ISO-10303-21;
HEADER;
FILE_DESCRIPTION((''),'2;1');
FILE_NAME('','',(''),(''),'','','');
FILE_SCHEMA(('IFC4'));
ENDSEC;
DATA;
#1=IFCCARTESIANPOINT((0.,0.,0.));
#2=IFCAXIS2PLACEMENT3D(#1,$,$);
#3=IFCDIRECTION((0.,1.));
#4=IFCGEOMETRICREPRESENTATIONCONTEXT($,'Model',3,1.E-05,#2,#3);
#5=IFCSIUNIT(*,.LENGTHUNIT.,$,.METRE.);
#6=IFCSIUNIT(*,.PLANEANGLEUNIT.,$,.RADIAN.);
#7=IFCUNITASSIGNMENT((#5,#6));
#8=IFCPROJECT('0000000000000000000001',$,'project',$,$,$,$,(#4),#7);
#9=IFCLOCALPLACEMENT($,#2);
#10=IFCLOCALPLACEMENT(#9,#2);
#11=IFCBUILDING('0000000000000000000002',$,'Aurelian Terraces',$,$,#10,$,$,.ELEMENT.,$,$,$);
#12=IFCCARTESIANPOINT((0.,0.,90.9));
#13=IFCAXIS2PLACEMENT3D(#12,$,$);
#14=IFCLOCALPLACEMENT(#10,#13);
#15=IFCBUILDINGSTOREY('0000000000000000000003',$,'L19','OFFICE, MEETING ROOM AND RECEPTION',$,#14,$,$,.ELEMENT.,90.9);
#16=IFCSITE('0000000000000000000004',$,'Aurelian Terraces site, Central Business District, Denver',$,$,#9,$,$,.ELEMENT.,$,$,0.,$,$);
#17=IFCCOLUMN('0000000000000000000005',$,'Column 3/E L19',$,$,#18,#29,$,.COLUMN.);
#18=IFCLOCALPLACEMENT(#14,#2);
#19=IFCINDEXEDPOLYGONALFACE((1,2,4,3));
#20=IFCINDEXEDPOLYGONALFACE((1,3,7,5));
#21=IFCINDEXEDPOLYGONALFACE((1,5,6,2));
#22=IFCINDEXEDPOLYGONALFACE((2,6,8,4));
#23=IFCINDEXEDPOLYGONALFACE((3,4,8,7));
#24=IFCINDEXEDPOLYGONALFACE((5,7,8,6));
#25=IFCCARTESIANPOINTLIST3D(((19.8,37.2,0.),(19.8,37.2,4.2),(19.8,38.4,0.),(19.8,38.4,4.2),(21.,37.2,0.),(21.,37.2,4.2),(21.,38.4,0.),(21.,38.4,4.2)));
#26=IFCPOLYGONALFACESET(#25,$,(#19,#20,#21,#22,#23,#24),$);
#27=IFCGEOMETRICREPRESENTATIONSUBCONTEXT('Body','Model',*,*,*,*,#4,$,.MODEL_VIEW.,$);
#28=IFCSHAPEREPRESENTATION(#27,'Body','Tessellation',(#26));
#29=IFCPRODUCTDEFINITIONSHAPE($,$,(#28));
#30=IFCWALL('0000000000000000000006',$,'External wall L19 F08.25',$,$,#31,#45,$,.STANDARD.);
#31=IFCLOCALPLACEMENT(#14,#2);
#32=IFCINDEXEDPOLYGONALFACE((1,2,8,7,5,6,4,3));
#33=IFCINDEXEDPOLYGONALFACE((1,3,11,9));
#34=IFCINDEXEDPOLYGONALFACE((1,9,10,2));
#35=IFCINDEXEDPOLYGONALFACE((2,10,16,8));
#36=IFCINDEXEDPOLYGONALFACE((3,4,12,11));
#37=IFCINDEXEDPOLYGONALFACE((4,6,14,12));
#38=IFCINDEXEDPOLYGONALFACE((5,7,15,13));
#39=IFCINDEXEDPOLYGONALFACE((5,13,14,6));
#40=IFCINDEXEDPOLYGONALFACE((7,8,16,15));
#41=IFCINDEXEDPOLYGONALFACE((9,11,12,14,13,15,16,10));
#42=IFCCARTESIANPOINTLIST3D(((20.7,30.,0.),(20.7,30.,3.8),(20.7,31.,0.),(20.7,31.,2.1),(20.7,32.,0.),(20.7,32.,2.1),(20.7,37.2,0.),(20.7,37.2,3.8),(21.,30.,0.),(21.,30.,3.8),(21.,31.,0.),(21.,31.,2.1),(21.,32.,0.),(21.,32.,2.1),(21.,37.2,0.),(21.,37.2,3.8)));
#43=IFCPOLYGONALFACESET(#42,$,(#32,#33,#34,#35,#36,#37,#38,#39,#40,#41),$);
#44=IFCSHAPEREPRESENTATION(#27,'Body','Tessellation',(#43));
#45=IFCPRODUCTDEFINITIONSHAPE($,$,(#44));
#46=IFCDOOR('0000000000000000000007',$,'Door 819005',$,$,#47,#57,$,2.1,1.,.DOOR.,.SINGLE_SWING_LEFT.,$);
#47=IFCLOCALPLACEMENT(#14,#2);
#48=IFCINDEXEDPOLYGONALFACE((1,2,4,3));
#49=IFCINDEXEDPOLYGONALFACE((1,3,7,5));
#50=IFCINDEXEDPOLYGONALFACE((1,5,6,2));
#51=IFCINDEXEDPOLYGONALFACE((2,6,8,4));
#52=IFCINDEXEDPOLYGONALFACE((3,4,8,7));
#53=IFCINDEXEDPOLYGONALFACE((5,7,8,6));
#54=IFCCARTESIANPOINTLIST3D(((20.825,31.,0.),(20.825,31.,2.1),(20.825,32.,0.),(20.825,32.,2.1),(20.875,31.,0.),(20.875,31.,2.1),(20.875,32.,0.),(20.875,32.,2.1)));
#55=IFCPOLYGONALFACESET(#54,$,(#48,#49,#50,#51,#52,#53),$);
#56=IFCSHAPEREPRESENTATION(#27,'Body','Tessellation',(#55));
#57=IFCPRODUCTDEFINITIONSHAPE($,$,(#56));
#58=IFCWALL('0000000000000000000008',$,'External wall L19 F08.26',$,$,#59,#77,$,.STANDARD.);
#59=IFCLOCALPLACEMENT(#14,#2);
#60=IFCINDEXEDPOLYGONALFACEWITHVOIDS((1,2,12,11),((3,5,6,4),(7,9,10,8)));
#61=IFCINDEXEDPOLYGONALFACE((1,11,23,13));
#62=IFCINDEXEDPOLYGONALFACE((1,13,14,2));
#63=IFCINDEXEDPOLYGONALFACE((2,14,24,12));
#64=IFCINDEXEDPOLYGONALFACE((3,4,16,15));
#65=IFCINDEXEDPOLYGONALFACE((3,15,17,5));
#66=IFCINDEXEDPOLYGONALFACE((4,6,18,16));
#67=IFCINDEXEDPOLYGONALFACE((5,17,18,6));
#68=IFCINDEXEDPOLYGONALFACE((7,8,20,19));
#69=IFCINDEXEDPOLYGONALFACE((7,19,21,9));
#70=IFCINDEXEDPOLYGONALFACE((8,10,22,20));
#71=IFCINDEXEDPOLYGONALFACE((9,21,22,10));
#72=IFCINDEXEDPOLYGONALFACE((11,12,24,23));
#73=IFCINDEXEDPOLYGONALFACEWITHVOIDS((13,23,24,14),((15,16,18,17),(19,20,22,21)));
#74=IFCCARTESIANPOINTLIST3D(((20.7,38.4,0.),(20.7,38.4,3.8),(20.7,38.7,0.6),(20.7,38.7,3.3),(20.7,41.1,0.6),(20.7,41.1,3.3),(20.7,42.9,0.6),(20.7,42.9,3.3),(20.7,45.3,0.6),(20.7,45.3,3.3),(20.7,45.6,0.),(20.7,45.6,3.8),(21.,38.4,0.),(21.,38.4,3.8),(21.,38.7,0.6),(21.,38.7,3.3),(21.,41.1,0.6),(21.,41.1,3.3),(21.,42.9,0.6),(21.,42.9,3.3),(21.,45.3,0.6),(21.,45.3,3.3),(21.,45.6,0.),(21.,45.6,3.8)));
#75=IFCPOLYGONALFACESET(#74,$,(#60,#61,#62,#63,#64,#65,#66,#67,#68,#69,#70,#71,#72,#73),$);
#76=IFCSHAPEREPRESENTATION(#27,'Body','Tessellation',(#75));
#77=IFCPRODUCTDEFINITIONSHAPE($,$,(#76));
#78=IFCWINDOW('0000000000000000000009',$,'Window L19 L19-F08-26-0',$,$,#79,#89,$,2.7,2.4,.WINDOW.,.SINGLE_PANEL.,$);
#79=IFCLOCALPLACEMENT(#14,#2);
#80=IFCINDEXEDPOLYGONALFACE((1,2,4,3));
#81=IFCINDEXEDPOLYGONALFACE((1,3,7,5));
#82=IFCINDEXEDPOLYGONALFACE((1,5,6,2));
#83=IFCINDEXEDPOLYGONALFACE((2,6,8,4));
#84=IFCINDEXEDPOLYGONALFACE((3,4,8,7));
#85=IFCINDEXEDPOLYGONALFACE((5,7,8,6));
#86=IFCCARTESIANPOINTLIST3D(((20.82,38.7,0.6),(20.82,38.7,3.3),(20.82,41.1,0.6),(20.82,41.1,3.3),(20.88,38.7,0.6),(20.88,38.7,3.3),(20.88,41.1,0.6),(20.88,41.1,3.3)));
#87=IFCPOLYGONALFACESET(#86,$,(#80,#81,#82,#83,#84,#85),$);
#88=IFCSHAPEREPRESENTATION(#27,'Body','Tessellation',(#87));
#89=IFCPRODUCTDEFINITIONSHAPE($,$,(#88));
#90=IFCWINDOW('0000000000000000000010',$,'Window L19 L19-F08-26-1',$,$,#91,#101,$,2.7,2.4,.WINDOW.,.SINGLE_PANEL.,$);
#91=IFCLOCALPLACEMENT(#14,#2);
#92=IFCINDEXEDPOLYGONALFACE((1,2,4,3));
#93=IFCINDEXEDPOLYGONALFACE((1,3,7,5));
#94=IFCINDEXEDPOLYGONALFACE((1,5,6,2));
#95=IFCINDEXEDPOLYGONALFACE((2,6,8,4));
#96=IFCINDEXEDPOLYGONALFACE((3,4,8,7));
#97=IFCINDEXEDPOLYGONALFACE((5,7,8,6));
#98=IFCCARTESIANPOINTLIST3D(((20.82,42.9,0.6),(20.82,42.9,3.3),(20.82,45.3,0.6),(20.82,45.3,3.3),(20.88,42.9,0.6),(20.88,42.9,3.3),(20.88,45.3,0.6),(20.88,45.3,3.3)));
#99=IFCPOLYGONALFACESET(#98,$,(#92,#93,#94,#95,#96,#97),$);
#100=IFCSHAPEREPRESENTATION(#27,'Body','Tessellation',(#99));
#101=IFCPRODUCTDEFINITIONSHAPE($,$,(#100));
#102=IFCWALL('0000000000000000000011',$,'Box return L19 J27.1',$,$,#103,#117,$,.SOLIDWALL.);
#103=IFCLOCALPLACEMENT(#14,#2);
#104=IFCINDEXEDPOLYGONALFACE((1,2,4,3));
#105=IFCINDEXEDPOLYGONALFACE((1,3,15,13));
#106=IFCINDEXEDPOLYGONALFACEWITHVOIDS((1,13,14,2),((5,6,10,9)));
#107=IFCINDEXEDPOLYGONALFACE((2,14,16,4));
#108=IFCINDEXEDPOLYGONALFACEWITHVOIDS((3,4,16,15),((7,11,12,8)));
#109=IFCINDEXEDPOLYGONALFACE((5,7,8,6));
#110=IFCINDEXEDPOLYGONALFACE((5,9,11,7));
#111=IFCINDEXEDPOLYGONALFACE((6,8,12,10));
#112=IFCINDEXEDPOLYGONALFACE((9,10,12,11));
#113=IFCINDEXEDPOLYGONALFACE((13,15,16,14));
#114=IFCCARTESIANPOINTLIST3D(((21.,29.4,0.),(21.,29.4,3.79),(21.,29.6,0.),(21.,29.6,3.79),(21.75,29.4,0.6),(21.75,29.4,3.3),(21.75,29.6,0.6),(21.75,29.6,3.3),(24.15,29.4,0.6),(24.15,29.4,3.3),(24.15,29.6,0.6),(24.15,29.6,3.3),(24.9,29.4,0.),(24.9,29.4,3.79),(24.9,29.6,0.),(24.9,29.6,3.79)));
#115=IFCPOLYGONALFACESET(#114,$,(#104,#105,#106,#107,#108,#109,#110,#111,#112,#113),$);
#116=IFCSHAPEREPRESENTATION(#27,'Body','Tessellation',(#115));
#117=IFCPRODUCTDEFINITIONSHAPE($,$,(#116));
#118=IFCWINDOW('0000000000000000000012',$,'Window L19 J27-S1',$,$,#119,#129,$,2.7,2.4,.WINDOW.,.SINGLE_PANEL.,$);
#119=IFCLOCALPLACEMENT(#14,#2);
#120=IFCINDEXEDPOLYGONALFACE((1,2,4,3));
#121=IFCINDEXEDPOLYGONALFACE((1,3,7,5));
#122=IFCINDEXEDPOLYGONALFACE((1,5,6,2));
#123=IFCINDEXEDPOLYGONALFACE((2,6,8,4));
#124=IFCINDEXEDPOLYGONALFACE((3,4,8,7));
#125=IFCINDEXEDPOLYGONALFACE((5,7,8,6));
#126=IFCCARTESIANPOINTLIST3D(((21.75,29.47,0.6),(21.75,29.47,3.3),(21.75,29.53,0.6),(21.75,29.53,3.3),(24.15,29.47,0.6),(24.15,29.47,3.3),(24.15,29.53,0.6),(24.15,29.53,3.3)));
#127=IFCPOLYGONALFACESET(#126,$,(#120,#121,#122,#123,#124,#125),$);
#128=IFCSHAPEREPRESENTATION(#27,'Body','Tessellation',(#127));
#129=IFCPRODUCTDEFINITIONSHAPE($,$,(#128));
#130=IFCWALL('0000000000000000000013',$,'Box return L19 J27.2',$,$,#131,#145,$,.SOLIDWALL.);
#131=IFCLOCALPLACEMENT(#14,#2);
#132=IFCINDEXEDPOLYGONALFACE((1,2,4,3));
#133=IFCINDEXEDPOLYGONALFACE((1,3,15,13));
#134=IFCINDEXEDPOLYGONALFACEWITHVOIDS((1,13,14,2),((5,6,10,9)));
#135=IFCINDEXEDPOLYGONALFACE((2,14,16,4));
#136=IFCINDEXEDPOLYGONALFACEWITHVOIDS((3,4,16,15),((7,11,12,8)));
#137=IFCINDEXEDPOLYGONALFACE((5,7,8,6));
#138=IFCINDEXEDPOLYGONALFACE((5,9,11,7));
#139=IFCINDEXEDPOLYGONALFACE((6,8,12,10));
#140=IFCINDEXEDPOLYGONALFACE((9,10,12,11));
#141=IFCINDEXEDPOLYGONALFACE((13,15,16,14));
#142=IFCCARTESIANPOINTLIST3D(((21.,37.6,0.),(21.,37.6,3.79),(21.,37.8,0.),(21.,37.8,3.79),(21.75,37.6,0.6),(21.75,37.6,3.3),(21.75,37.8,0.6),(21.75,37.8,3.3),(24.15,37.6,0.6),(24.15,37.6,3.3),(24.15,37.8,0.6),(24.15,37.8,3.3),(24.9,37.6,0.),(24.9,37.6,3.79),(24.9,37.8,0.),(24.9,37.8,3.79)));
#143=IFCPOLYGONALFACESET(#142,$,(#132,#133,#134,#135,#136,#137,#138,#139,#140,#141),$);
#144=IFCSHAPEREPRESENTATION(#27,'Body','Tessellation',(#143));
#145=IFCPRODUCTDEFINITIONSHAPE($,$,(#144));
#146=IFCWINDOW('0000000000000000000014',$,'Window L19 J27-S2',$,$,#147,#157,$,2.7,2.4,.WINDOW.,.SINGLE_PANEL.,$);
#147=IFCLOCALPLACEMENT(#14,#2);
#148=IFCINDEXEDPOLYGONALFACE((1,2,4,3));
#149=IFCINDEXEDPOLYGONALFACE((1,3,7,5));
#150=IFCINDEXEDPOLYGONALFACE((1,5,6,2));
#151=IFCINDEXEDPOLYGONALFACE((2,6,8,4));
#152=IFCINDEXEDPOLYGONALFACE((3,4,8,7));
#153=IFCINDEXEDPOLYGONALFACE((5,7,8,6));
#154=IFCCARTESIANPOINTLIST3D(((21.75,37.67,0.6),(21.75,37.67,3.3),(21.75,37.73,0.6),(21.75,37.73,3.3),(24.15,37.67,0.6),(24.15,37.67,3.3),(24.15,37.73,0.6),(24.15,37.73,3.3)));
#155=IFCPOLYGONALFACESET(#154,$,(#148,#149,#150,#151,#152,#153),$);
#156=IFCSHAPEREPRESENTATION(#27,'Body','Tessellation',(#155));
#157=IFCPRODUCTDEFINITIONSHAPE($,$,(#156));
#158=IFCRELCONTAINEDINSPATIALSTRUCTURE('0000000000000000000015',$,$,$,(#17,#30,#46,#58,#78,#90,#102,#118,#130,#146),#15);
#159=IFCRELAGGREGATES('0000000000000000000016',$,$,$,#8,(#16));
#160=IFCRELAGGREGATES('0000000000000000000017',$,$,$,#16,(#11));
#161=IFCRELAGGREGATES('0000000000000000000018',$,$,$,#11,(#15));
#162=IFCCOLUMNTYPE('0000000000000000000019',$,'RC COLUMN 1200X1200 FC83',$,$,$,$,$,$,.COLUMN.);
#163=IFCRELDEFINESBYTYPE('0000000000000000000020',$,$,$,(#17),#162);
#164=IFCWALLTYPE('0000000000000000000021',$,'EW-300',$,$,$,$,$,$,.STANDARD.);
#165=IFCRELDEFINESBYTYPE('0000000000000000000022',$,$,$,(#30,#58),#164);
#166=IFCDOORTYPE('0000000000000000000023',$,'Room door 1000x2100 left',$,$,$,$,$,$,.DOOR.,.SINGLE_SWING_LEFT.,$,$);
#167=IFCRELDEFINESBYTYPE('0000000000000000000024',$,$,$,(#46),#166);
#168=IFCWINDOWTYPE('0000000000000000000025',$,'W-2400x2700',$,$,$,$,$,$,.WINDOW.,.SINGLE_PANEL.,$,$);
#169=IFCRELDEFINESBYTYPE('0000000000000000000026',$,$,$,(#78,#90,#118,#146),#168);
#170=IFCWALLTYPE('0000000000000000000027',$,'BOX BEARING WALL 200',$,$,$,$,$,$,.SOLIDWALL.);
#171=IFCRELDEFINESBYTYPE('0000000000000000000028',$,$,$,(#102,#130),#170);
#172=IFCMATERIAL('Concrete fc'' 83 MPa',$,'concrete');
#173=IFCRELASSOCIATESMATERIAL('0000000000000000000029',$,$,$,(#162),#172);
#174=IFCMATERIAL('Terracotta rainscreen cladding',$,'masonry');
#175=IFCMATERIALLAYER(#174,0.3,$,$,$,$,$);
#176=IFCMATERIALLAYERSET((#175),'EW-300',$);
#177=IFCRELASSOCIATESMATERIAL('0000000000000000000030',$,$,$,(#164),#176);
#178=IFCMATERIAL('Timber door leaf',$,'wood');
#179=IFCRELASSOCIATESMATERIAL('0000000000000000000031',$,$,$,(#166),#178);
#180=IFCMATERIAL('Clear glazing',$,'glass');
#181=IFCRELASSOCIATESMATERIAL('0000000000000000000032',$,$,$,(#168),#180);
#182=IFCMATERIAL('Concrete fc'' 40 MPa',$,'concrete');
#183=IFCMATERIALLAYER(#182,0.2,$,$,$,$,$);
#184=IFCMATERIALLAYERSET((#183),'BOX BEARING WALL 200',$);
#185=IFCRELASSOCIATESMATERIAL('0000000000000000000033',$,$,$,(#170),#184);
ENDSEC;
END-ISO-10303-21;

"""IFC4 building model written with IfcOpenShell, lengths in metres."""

from ifc_helpers import new_model, si_unit, direction, frame, frame_2d, origin, origin_2d, place, context, subcontext, project, spatial, rectangle, extrude, source, transform, mapped, material, layer, layer_set, material_profile, profile_set, type_object, element, fill, save


model = new_model("IFC4")

# Units and contexts
model_context = context("Model", 3, precision=1e-05, world=origin(), true_north=direction((0.0, 1.0)))
body_context = subcontext(model_context, "Body", "Model", "MODEL_VIEW")
ifc_project = project(units=[si_unit("LENGTHUNIT", "METRE"), si_unit("PLANEANGLEUNIT", "RADIAN")], contexts=[model_context])

# Site, building, storey
site_placement = place(None, origin())
site = spatial("IfcSite", under=ifc_project, at=site_placement, Name="Aurelian Terraces site, Central Business District, Denver", CompositionType="ELEMENT", RefElevation=0.0)
building_placement = place(site_placement, origin())
building = spatial("IfcBuilding", under=site, at=building_placement, Name="Aurelian Terraces", CompositionType="ELEMENT")
storey_placement = place(building_placement, frame((0.0, 0.0, 90.9)))
storey = spatial("IfcBuildingStorey", under=building, at=storey_placement, Name="L19", Description="OFFICE, MEETING ROOM AND RECEPTION", CompositionType="ELEMENT", Elevation=90.9)

# Column
ifc_material_1 = material(Name="Concrete fc' 83 MPa", Category="concrete")
ifc_material_profile = material_profile(ifc_material_1, rectangle(XDim=1.2, YDim=1.2, at=origin_2d()))
ifc_profile_set = profile_set([ifc_material_profile], Name="Concrete fc' 83 MPa")
column_type = type_object("IfcColumnType", Name="RC COLUMN 1200X1200 FC83", PredefinedType="COLUMN", material=ifc_profile_set)
shared_shape_1 = source(origin(), body_context, "Body", "SweptSolid", [
    extrude(rectangle(XDim=1.2, YDim=1.2, at=origin_2d()), origin(), (0.0, 0.0, 1.0), 4.2),
])
column_placement = place(storey_placement, frame((20.4, 37.8, 0.0), z_axis=(0.0, 0.0, 1.0), x_axis=(1.0, 0.0, 0.0)))
element("IfcColumn", 1, at=column_placement, inside=storey, type_object=column_type, Name="Column 3/E L19", PredefinedType="COLUMN", context=body_context, shape_type="MappedRepresentation", body=[
    mapped(shared_shape_1, transform((0.0, 0.0, 0.0), scale=1.0)),
])

# Wall, opening, door
ifc_material_2 = material(Name="Terracotta rainscreen cladding", Category="masonry")
ifc_layer_1 = layer(ifc_material_2, 0.3)
ifc_layer_set_1 = layer_set([ifc_layer_1], Name="EW-300")
wall_type_1 = type_object("IfcWallType", Name="EW-300", PredefinedType="STANDARD", material=ifc_layer_set_1)
shared_shape_2 = source(origin(), body_context, "Body", "SweptSolid", [
    extrude(rectangle(XDim=7.2, YDim=0.3, at=frame_2d((3.6, 0.0))), origin(), (0.0, 0.0, 1.0), 3.8),
])
wall_1_placement = place(storey_placement, frame((20.85, 30.0, 0.0), z_axis=(0.0, 0.0, 1.0), x_axis=(0.0, 1.0, 0.0)))
wall_1 = element("IfcWall", 2, at=wall_1_placement, inside=storey, type_object=wall_type_1, Name="External wall L19 F08.25", PredefinedType="STANDARD", context=body_context, shape_type="MappedRepresentation", body=[
    mapped(shared_shape_2, transform((0.0, 0.0, 0.0), scale=1.0)),
])
shared_shape_3 = source(origin(), body_context, "Body", "SweptSolid", [
    extrude(rectangle(XDim=1.0, YDim=2.1, at=frame_2d((0.5, 1.05))), frame((0.0, 0.16, 0.0), z_axis=(0.0, -1.0, 0.0), x_axis=(1.0, 0.0, 0.0)), (0.0, 0.0, 1.0), 0.32),
])
opening_1_placement = place(wall_1_placement, frame((1.0, 0.0, 0.0)))
opening_1 = element("IfcOpeningElement", 3, at=opening_1_placement, cuts=wall_1, PredefinedType="OPENING", context=body_context, shape_type="MappedRepresentation", body=[
    mapped(shared_shape_3, transform((0.0, 0.0, 0.0), scale=1.0)),
])
ifc_material_3 = material(Name="Timber door leaf", Category="wood")
door_type = type_object("IfcDoorType", Name="Room door 1000x2100 left", OperationType="SINGLE_SWING_LEFT", PredefinedType="DOOR", material=ifc_material_3)
shared_shape_4 = source(origin(), body_context, "Body", "SweptSolid", [
    extrude(rectangle(XDim=1.0, YDim=2.1, at=frame_2d((0.5, 1.05))), frame((0.0, 0.025, 0.0), z_axis=(0.0, -1.0, 0.0), x_axis=(1.0, 0.0, 0.0)), (0.0, 0.0, 1.0), 0.05),
])
door_placement = place(opening_1_placement, origin())
door = element("IfcDoor", 4, at=door_placement, inside=storey, type_object=door_type, Name="Door 819005", OperationType="SINGLE_SWING_LEFT", OverallHeight=2.1, OverallWidth=1.0, PredefinedType="DOOR", context=body_context, shape_type="MappedRepresentation", body=[
    mapped(shared_shape_4, transform((0.0, 0.0, 0.0), scale=1.0)),
])
fill(opening_1, door)

# Wall, openings, windows
wall_2_placement = place(storey_placement, frame((20.85, 38.4, 0.0), z_axis=(0.0, 0.0, 1.0), x_axis=(0.0, 1.0, 0.0)))
wall_2 = element("IfcWall", 5, at=wall_2_placement, inside=storey, type_object=wall_type_1, Name="External wall L19 F08.26", PredefinedType="STANDARD", context=body_context, shape_type="MappedRepresentation", body=[
    mapped(shared_shape_2, transform((0.0, 0.0, 0.0), scale=1.0)),
])
shared_shape_5 = source(origin(), body_context, "Body", "SweptSolid", [
    extrude(rectangle(XDim=2.4, YDim=2.7, at=frame_2d((1.2, 1.35))), frame((0.0, 0.16, 0.0), z_axis=(0.0, -1.0, 0.0), x_axis=(1.0, 0.0, 0.0)), (0.0, 0.0, 1.0), 0.32),
])
opening_2_placement = place(wall_2_placement, frame((0.3, 0.0, 0.6)))
opening_2 = element("IfcOpeningElement", 6, at=opening_2_placement, cuts=wall_2, PredefinedType="OPENING", context=body_context, shape_type="MappedRepresentation", body=[
    mapped(shared_shape_5, transform((0.0, 0.0, 0.0), scale=1.0)),
])
opening_3_placement = place(wall_2_placement, frame((4.5, 0.0, 0.6)))
opening_3 = element("IfcOpeningElement", 7, at=opening_3_placement, cuts=wall_2, PredefinedType="OPENING", context=body_context, shape_type="MappedRepresentation", body=[
    mapped(shared_shape_5, transform((0.0, 0.0, 0.0), scale=1.0)),
])
ifc_material_4 = material(Name="Clear glazing", Category="glass")
window_type_1 = type_object("IfcWindowType", Name="W-2400x2700", PartitioningType="SINGLE_PANEL", PredefinedType="WINDOW", material=ifc_material_4)
shared_shape_6 = source(origin(), body_context, "Body", "SweptSolid", [
    extrude(rectangle(XDim=2.4, YDim=2.7, at=frame_2d((1.2, 1.35))), frame((0.0, 0.03, 0.0), z_axis=(0.0, -1.0, 0.0), x_axis=(1.0, 0.0, 0.0)), (0.0, 0.0, 1.0), 0.06),
])
window_1_placement = place(opening_2_placement, origin())
window_1 = element("IfcWindow", 8, at=window_1_placement, inside=storey, type_object=window_type_1, Name="Window L19 L19-F08-26-0", OverallHeight=2.7, OverallWidth=2.4, PartitioningType="SINGLE_PANEL", PredefinedType="WINDOW", context=body_context, shape_type="MappedRepresentation", body=[
    mapped(shared_shape_6, transform((0.0, 0.0, 0.0), scale=1.0)),
])
fill(opening_2, window_1)
window_2_placement = place(opening_3_placement, origin())
window_2 = element("IfcWindow", 9, at=window_2_placement, inside=storey, type_object=window_type_1, Name="Window L19 L19-F08-26-1", OverallHeight=2.7, OverallWidth=2.4, PartitioningType="SINGLE_PANEL", PredefinedType="WINDOW", context=body_context, shape_type="MappedRepresentation", body=[
    mapped(shared_shape_6, transform((0.0, 0.0, 0.0), scale=1.0)),
])
fill(opening_3, window_2)

# Walls, openings, windows
ifc_material_5 = material(Name="Concrete fc' 40 MPa", Category="concrete")
ifc_layer_2 = layer(ifc_material_5, 0.2)
ifc_layer_set_2 = layer_set([ifc_layer_2], Name="BOX BEARING WALL 200")
wall_type_2 = type_object("IfcWallType", Name="BOX BEARING WALL 200", PredefinedType="SOLIDWALL", material=ifc_layer_set_2)
shared_shape_7 = source(origin(), body_context, "Body", "SweptSolid", [
    extrude(rectangle(XDim=3.9, YDim=0.2, at=frame_2d((1.95, 0.0))), origin(), (0.0, 0.0, 1.0), 3.79),
])
wall_3_placement = place(storey_placement, frame((21.0, 29.5, 0.0), z_axis=(0.0, 0.0, 1.0), x_axis=(1.0, 0.0, 0.0)))
wall_3 = element("IfcWall", 10, at=wall_3_placement, inside=storey, type_object=wall_type_2, Name="Box return L19 J27.1", PredefinedType="SOLIDWALL", context=body_context, shape_type="MappedRepresentation", body=[
    mapped(shared_shape_7, transform((0.0, 0.0, 0.0), scale=1.0)),
])
shared_shape_8 = source(origin(), body_context, "Body", "SweptSolid", [
    extrude(rectangle(XDim=2.4, YDim=2.7, at=frame_2d((1.2, 1.35))), frame((0.0, 0.11, 0.0), z_axis=(0.0, -1.0, 0.0), x_axis=(1.0, 0.0, 0.0)), (0.0, 0.0, 1.0), 0.22),
])
opening_4_placement = place(wall_3_placement, frame((0.75, 0.0, 0.6)))
opening_4 = element("IfcOpeningElement", 11, at=opening_4_placement, cuts=wall_3, PredefinedType="OPENING", context=body_context, shape_type="MappedRepresentation", body=[
    mapped(shared_shape_8, transform((0.0, 0.0, 0.0), scale=1.0)),
])
window_3_placement = place(opening_4_placement, origin())
window_3 = element("IfcWindow", 12, at=window_3_placement, inside=storey, type_object=window_type_1, Name="Window L19 J27-S1", OverallHeight=2.7, OverallWidth=2.4, PartitioningType="SINGLE_PANEL", PredefinedType="WINDOW", context=body_context, shape_type="MappedRepresentation", body=[
    mapped(shared_shape_6, transform((0.0, 0.0, 0.0), scale=1.0)),
])
fill(opening_4, window_3)
wall_4_placement = place(storey_placement, frame((21.0, 37.7, 0.0), z_axis=(0.0, 0.0, 1.0), x_axis=(1.0, 0.0, 0.0)))
wall_4 = element("IfcWall", 13, at=wall_4_placement, inside=storey, type_object=wall_type_2, Name="Box return L19 J27.2", PredefinedType="SOLIDWALL", context=body_context, shape_type="MappedRepresentation", body=[
    mapped(shared_shape_7, transform((0.0, 0.0, 0.0), scale=1.0)),
])
opening_5_placement = place(wall_4_placement, frame((0.75, 0.0, 0.6)))
opening_5 = element("IfcOpeningElement", 14, at=opening_5_placement, cuts=wall_4, PredefinedType="OPENING", context=body_context, shape_type="MappedRepresentation", body=[
    mapped(shared_shape_8, transform((0.0, 0.0, 0.0), scale=1.0)),
])
window_4_placement = place(opening_5_placement, origin())
window_4 = element("IfcWindow", 15, at=window_4_placement, inside=storey, type_object=window_type_1, Name="Window L19 J27-S2", OverallHeight=2.7, OverallWidth=2.4, PartitioningType="SINGLE_PANEL", PredefinedType="WINDOW", context=body_context, shape_type="MappedRepresentation", body=[
    mapped(shared_shape_6, transform((0.0, 0.0, 0.0), scale=1.0)),
])
fill(opening_5, window_4)

save(model, "model.ifc")
